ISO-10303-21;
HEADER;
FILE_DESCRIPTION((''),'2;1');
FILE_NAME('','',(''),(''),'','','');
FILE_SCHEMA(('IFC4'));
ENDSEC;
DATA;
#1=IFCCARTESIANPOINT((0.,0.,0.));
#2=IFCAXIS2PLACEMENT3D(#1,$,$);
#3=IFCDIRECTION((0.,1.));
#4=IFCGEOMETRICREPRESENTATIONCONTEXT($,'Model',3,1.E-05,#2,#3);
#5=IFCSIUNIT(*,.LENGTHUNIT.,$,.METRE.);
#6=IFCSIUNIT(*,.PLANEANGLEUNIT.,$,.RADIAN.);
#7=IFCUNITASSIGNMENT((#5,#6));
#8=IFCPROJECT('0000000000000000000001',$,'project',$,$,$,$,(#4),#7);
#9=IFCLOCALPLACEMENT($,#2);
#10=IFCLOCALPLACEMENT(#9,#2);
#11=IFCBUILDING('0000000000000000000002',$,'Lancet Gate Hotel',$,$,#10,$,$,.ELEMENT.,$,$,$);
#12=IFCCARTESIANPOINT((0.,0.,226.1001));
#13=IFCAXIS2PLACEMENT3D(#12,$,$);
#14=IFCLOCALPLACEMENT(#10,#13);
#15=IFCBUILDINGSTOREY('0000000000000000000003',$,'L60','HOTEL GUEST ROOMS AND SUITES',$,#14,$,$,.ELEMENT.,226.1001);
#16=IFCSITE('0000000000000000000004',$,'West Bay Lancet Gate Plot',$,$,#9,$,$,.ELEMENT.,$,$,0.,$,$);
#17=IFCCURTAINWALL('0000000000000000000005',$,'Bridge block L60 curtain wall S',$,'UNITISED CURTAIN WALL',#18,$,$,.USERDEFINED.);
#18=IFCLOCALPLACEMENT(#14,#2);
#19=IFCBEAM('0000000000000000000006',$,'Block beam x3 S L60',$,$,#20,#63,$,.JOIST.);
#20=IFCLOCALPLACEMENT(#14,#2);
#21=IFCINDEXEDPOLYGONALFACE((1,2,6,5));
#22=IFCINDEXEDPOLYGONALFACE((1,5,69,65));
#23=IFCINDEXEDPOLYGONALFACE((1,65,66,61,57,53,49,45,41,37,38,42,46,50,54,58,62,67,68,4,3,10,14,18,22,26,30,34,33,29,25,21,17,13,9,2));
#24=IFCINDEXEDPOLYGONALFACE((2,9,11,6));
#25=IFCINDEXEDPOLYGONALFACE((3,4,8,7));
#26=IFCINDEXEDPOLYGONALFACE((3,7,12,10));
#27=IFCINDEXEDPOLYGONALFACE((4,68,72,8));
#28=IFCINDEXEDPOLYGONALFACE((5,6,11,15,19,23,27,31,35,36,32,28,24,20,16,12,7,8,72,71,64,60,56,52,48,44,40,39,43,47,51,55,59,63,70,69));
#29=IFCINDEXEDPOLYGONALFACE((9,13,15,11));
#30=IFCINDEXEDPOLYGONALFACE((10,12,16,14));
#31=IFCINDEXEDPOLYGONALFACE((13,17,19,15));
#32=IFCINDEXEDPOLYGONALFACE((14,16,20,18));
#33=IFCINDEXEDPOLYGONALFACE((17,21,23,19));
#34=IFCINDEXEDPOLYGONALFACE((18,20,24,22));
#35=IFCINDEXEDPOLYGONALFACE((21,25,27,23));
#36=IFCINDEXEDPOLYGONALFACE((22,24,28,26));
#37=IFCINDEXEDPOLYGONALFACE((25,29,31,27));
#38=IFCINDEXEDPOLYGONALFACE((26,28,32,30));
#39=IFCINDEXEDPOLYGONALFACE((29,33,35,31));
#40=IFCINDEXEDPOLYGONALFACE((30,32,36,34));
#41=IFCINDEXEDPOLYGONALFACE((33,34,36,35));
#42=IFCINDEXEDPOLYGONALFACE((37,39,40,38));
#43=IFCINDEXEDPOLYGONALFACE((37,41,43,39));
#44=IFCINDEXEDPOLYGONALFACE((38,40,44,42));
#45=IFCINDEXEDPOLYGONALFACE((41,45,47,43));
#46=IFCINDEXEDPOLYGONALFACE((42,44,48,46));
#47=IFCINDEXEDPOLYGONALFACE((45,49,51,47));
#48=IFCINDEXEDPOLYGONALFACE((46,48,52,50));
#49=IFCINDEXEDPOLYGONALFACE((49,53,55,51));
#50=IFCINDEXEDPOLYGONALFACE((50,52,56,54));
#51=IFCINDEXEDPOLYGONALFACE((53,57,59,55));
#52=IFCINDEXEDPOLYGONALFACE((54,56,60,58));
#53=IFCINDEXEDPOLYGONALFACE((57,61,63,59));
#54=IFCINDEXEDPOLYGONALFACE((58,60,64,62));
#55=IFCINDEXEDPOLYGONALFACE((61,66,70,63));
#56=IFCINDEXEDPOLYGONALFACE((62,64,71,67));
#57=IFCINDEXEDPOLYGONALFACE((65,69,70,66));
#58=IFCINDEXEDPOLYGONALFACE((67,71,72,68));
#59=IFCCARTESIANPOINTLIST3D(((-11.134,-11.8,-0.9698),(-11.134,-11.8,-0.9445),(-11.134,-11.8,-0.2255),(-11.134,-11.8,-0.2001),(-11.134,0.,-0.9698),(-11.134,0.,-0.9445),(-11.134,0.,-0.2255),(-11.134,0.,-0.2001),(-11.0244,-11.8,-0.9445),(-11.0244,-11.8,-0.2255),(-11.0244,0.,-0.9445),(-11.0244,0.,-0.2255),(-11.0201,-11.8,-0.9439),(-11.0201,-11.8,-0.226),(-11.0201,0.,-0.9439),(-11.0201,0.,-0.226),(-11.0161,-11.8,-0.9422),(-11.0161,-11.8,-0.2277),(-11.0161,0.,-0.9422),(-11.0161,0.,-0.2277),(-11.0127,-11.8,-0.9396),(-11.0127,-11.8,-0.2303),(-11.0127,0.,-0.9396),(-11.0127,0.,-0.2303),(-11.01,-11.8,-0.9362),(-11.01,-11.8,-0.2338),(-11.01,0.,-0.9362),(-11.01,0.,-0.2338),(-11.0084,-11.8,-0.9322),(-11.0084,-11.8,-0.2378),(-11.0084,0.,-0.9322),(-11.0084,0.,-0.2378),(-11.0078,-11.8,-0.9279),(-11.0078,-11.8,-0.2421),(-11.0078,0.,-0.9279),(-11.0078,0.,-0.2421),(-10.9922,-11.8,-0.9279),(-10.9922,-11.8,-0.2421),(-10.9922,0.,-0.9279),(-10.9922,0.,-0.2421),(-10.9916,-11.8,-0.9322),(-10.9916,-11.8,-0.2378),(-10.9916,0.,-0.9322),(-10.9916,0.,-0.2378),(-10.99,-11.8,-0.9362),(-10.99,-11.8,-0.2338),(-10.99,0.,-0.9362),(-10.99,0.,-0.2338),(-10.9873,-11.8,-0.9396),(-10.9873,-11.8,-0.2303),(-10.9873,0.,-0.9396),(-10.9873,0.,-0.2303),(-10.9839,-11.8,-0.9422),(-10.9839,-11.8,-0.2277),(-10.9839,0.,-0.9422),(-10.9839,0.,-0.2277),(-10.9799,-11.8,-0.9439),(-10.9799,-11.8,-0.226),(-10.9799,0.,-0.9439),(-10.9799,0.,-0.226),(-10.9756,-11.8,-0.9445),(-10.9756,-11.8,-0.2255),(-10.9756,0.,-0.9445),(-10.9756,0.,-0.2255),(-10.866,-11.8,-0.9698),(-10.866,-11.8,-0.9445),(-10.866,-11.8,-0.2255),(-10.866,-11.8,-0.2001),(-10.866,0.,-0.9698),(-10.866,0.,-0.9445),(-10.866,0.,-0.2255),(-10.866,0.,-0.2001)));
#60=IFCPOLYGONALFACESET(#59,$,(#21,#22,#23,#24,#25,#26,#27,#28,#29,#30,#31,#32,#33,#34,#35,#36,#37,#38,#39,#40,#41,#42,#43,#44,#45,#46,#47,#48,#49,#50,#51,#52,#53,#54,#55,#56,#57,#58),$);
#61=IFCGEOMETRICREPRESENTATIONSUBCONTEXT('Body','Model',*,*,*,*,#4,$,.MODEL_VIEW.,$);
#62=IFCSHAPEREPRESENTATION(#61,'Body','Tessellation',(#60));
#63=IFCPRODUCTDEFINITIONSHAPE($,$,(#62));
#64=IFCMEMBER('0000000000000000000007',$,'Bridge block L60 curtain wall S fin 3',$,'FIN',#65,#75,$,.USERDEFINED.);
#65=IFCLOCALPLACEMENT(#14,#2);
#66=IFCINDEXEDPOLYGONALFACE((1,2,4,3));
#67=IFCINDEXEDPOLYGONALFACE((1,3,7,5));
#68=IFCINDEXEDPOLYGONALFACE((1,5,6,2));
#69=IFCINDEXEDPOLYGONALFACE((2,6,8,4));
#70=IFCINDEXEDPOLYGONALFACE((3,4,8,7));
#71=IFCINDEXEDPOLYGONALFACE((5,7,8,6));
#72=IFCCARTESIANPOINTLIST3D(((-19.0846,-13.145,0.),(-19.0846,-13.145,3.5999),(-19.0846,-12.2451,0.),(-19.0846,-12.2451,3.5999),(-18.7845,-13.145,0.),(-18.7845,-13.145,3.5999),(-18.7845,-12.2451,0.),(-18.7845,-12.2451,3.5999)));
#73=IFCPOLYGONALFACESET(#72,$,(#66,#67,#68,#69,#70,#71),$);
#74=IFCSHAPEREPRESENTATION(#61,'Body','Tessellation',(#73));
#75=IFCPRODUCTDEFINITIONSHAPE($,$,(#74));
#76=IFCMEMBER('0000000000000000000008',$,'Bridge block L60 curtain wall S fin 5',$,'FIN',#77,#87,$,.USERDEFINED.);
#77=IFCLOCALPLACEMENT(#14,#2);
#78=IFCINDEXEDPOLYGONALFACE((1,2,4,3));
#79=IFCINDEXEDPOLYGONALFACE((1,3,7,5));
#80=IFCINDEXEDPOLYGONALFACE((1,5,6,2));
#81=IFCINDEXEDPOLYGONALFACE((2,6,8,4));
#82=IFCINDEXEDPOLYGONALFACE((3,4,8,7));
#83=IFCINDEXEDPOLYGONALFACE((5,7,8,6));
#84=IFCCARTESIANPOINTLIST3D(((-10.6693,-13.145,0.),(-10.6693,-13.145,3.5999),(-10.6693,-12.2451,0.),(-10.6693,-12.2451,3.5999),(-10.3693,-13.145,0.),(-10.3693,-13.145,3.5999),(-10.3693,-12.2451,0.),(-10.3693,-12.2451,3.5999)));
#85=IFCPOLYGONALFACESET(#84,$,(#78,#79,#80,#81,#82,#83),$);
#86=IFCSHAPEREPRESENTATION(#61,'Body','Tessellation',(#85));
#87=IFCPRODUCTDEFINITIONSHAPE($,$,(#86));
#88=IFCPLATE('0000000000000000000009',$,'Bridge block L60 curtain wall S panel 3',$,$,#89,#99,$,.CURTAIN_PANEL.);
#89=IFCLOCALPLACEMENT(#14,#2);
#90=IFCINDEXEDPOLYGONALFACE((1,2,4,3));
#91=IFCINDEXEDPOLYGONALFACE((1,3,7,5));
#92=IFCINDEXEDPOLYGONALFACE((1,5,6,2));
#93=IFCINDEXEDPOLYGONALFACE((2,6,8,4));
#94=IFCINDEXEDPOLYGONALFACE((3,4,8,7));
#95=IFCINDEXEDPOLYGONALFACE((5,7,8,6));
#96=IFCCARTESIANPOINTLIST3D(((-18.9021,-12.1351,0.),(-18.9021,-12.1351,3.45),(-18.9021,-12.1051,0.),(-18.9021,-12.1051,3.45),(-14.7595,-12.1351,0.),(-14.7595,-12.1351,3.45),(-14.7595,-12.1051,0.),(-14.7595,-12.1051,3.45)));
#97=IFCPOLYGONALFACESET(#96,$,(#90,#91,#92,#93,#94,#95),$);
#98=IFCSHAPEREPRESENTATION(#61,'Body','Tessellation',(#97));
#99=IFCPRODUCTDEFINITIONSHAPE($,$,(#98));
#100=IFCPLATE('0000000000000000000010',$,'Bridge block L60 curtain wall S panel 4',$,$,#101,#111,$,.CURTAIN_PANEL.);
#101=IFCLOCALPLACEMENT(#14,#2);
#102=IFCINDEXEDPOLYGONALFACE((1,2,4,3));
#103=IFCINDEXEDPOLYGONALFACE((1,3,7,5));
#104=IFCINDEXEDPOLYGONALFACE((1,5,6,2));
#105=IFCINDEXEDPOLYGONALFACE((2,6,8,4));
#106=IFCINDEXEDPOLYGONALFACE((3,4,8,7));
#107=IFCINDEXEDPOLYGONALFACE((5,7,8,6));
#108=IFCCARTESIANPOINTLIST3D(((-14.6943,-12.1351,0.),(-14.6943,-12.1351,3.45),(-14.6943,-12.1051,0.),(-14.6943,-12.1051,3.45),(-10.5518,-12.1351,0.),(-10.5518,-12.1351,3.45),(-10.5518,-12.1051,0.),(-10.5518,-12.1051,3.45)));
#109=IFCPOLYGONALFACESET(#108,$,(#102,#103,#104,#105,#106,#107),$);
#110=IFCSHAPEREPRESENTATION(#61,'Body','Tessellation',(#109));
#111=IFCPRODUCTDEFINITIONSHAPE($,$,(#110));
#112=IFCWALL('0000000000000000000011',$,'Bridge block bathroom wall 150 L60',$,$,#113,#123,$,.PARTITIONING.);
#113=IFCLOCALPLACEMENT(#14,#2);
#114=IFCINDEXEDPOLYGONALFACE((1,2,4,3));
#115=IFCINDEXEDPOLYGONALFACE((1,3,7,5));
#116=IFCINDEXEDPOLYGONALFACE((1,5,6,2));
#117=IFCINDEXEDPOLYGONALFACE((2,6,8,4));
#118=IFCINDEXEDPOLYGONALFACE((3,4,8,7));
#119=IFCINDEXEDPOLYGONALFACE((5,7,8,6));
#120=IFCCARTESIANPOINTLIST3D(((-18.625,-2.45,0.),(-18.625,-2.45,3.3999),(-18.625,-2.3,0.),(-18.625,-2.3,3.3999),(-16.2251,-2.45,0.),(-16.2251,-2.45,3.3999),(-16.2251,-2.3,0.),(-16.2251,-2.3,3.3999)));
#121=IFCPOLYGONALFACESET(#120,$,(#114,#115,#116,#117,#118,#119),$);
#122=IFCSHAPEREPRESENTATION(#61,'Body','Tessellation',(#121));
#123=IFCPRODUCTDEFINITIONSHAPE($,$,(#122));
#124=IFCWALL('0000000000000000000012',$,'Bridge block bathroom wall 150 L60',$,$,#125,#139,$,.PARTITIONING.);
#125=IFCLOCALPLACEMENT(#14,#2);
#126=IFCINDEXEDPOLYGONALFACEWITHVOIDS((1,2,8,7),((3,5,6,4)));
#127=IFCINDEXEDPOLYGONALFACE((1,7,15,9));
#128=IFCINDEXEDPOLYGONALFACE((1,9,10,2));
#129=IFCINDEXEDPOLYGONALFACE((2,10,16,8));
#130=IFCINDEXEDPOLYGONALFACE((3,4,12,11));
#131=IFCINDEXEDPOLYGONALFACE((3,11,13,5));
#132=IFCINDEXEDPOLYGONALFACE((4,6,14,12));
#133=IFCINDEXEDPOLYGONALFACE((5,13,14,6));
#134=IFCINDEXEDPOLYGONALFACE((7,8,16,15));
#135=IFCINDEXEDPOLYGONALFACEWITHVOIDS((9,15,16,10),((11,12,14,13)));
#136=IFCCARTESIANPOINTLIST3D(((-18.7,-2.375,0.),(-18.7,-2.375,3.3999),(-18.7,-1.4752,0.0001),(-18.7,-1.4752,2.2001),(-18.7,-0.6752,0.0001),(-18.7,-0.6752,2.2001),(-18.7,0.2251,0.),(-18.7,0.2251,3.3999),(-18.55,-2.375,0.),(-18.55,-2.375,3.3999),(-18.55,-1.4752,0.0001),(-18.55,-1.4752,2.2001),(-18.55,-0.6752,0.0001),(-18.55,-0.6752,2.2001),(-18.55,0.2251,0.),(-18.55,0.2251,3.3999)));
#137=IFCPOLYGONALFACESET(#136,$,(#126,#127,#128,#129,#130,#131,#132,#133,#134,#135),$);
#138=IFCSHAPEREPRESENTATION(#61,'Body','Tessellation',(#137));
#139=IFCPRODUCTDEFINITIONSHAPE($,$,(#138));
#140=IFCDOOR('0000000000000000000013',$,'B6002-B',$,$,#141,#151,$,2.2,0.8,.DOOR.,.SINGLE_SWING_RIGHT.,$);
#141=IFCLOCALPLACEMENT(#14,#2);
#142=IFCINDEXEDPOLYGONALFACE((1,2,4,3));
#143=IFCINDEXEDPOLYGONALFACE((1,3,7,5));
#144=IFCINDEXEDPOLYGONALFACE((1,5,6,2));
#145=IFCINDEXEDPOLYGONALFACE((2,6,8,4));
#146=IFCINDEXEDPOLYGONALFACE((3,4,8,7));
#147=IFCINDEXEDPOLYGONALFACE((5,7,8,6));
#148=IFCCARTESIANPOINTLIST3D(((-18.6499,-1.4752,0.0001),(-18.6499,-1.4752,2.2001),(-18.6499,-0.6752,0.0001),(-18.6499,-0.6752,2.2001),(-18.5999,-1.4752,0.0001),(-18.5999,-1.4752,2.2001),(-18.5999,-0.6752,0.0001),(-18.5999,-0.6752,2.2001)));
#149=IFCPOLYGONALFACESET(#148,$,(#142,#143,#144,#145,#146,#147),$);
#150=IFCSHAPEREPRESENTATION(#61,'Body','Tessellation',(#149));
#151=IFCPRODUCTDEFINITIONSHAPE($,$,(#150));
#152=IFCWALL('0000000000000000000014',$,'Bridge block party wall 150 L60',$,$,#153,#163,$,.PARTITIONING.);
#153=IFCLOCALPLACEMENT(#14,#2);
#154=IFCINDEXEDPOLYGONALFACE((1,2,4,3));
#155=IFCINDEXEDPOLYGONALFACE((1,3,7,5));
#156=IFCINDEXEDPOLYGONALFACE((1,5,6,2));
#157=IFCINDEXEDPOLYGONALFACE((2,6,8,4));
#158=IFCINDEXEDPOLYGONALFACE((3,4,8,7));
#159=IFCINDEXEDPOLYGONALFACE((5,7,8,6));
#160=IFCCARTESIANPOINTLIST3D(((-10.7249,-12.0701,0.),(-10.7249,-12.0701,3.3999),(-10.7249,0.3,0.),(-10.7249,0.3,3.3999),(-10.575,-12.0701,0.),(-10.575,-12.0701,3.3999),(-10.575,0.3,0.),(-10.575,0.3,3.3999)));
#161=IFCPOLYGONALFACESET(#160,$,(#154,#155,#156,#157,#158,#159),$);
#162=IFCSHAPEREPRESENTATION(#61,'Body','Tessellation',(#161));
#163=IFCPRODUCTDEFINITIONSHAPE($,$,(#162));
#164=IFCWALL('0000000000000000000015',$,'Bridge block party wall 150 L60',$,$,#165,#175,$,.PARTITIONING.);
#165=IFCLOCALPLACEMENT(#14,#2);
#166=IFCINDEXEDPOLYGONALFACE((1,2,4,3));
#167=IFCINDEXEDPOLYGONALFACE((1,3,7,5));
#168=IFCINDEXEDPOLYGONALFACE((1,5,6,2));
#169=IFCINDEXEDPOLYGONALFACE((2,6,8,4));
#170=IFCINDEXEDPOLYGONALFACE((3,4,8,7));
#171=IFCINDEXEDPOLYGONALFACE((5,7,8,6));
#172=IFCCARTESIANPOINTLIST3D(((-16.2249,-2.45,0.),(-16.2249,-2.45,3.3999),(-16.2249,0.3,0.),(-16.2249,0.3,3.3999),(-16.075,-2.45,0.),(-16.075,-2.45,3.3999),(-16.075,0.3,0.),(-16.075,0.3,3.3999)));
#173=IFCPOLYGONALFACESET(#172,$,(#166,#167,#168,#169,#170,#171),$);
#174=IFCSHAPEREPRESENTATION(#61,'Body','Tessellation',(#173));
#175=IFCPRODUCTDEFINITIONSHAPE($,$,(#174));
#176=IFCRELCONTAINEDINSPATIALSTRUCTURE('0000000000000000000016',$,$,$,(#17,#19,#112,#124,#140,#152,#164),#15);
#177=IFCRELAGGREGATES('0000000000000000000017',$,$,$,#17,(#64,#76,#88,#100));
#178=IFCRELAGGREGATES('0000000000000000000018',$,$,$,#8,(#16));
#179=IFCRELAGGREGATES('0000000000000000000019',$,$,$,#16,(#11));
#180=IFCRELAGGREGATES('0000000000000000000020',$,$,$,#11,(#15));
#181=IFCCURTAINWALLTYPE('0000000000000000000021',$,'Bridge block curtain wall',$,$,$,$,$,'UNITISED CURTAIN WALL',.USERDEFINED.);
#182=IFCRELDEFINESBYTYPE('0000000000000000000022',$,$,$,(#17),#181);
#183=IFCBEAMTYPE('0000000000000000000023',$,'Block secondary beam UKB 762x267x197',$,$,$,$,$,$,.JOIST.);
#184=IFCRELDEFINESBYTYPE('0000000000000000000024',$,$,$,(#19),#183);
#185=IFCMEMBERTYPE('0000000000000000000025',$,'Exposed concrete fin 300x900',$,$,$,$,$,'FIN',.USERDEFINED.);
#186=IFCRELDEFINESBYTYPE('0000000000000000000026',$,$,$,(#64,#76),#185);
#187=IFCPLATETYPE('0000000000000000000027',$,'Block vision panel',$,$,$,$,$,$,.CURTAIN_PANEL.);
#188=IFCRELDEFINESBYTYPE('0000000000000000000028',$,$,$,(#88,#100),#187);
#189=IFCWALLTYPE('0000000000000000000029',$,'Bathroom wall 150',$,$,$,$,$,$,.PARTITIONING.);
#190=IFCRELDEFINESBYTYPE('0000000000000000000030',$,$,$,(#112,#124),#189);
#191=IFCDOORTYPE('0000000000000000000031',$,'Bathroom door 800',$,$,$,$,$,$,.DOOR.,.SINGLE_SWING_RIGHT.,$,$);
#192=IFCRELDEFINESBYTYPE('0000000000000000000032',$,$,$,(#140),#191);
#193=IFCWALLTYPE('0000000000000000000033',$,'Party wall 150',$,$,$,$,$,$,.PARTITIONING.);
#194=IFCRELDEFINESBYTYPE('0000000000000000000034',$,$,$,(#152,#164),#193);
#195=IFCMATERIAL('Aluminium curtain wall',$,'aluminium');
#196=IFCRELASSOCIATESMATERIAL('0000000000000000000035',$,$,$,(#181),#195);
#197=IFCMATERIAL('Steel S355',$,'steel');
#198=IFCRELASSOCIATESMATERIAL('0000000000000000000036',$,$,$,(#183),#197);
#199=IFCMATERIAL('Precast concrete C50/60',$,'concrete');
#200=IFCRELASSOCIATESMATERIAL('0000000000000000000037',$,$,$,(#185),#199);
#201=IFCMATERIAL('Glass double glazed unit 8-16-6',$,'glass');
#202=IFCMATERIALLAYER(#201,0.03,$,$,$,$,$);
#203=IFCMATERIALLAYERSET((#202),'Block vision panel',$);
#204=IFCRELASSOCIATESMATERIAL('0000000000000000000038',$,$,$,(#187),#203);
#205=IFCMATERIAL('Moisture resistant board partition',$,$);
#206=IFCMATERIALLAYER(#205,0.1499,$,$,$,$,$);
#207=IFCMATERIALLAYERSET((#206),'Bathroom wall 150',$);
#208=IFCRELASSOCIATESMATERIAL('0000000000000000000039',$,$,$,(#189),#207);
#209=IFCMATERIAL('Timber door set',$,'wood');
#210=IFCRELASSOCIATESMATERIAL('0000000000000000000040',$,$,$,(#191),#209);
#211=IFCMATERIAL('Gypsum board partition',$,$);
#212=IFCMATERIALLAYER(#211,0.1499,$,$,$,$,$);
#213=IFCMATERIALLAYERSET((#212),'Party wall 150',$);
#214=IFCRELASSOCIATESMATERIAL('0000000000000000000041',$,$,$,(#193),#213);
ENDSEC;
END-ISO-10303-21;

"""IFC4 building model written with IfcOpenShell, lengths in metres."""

from ifc_helpers import new_model, si_unit, direction, frame, frame_2d, origin, origin_2d, place, context, subcontext, project, spatial, rectangle, i_section, extrude, material, layer, layer_set, material_profile, profile_set, type_object, element, fill, aggregate, save


model = new_model("IFC4")

# Units and contexts
model_context = context("Model", 3, precision=1e-05, world=origin(), true_north=direction((0.0, 1.0)))
body_context = subcontext(model_context, "Body", "Model", "MODEL_VIEW")
ifc_project = project(units=[si_unit("LENGTHUNIT", "METRE"), si_unit("PLANEANGLEUNIT", "RADIAN")], contexts=[model_context])

# Site, building, storey
site_placement = place(None, origin())
site = spatial("IfcSite", under=ifc_project, at=site_placement, Name="West Bay Lancet Gate Plot", CompositionType="ELEMENT", RefElevation=0.0)
building_placement = place(site_placement, origin())
building = spatial("IfcBuilding", under=site, at=building_placement, Name="Lancet Gate Hotel", CompositionType="ELEMENT")
storey_placement = place(building_placement, frame((0.0, 0.0, 226.1001)))
storey = spatial("IfcBuildingStorey", under=building, at=storey_placement, Name="L60", Description="HOTEL GUEST ROOMS AND SUITES", CompositionType="ELEMENT", Elevation=226.1001)

# Curtain wall
ifc_material_1 = material(Name="Aluminium curtain wall", Category="aluminium")
curtain_wall_type = type_object("IfcCurtainWallType", Name="Bridge block curtain wall", ElementType="UNITISED CURTAIN WALL", PredefinedType="USERDEFINED", material=ifc_material_1)
curtain_wall_placement = place(storey_placement, origin())
curtain_wall = element("IfcCurtainWall", 1, at=curtain_wall_placement, inside=storey, type_object=curtain_wall_type, Name="Bridge block L60 curtain wall S", ObjectType="UNITISED CURTAIN WALL", PredefinedType="USERDEFINED")

# Beam
ifc_material_2 = material(Name="Steel S355", Category="steel")
ifc_material_profile_1 = material_profile(ifc_material_2, i_section(OverallWidth=0.2681, OverallDepth=0.7698, WebThickness=0.0156, FlangeThickness=0.0254, FilletRadius=0.0166, at=origin_2d()), Name="UKB 762x267x197")
ifc_profile_set_1 = profile_set([ifc_material_profile_1], Name="Steel S355")
beam_type_1 = type_object("IfcBeamType", Name="Block secondary beam UKB 762x267x197", PredefinedType="JOIST", material=ifc_profile_set_1)
for number, where, z_axis, x_axis, name in (
    (2, (-11.0, -11.8, -0.585), (0.0, 1.0, 0.0), (-1.0, 0.0, 0.0), "Block beam x3 S L60"),
):
    element("IfcBeam", number, at=place(storey_placement, frame(where, z_axis=z_axis, x_axis=x_axis)), inside=storey, type_object=beam_type_1, Name=name, PredefinedType="JOIST", context=body_context, shape_type="SweptSolid", body=[
        extrude(i_section(OverallWidth=0.2681, OverallDepth=0.7698, WebThickness=0.0156, FlangeThickness=0.0254, FilletRadius=0.0166, at=origin_2d()), origin(), (0.0, 0.0, 1.0), 11.8),
    ])

# Members
ifc_material_3 = material(Name="Precast concrete C50/60", Category="concrete")
ifc_material_profile_2 = material_profile(ifc_material_3, rectangle(XDim=0.3, YDim=0.8999, at=origin_2d()), Name="FIN 300x900")
ifc_profile_set_2 = profile_set([ifc_material_profile_2], Name="Precast concrete C50/60")
member_type_1 = type_object("IfcMemberType", Name="Exposed concrete fin 300x900", ElementType="FIN", PredefinedType="USERDEFINED", material=ifc_profile_set_2)
member_1_placement = place(storey_placement, frame((-18.9346, -12.6951, 0.0), z_axis=(0.0, 0.0, 1.0), x_axis=(1.0, 0.0, 0.0)))
member_1 = element("IfcMember", 3, at=member_1_placement, type_object=member_type_1, Name="Bridge block L60 curtain wall S fin 3", ObjectType="FIN", PredefinedType="USERDEFINED", context=body_context, shape_type="SweptSolid", body=[
    extrude(rectangle(XDim=0.3, YDim=0.8999, at=origin_2d()), origin(), (0.0, 0.0, 1.0), 3.5999),
])
member_2_placement = place(storey_placement, frame((-10.5193, -12.6951, 0.0), z_axis=(0.0, 0.0, 1.0), x_axis=(1.0, 0.0, 0.0)))
member_2 = element("IfcMember", 4, at=member_2_placement, type_object=member_type_1, Name="Bridge block L60 curtain wall S fin 5", ObjectType="FIN", PredefinedType="USERDEFINED", context=body_context, shape_type="SweptSolid", body=[
    extrude(rectangle(XDim=0.3, YDim=0.8999, at=origin_2d()), origin(), (0.0, 0.0, 1.0), 3.5999),
])

# Plates
ifc_material_4 = material(Name="Glass double glazed unit 8-16-6", Category="glass")
ifc_layer_1 = layer(ifc_material_4, 0.03)
ifc_layer_set_1 = layer_set([ifc_layer_1], Name="Block vision panel")
plate_type = type_object("IfcPlateType", Name="Block vision panel", PredefinedType="CURTAIN_PANEL", material=ifc_layer_set_1)
plate_1_placement = place(storey_placement, frame((-16.8308, -12.1201, 0.0), z_axis=(0.0, 0.0, 1.0), x_axis=(1.0, 0.0, 0.0)))
plate_1 = element("IfcPlate", 5, at=plate_1_placement, type_object=plate_type, Name="Bridge block L60 curtain wall S panel 3", PredefinedType="CURTAIN_PANEL", context=body_context, shape_type="SweptSolid", body=[
    extrude(rectangle(XDim=4.1426, YDim=0.03, at=origin_2d()), origin(), (0.0, 0.0, 1.0), 3.45),
])
plate_2_placement = place(storey_placement, frame((-12.623, -12.1201, 0.0), z_axis=(0.0, 0.0, 1.0), x_axis=(1.0, 0.0, 0.0)))
plate_2 = element("IfcPlate", 6, at=plate_2_placement, type_object=plate_type, Name="Bridge block L60 curtain wall S panel 4", PredefinedType="CURTAIN_PANEL", context=body_context, shape_type="SweptSolid", body=[
    extrude(rectangle(XDim=4.1426, YDim=0.03, at=origin_2d()), origin(), (0.0, 0.0, 1.0), 3.45),
])
aggregate(curtain_wall, [member_1, member_2, plate_1, plate_2])

# Wall
ifc_material_5 = material(Name="Moisture resistant board partition")
ifc_layer_2 = layer(ifc_material_5, 0.1499)
ifc_layer_set_2 = layer_set([ifc_layer_2], Name="Bathroom wall 150")
wall_type_1 = type_object("IfcWallType", Name="Bathroom wall 150", PredefinedType="PARTITIONING", material=ifc_layer_set_2)
wall_1_placement = place(storey_placement, frame((-18.625, -2.375, 0.0), z_axis=(0.0, 0.0, 1.0), x_axis=(1.0, 0.0, 0.0)))
element("IfcWall", 7, at=wall_1_placement, inside=storey, type_object=wall_type_1, Name="Bridge block bathroom wall 150 L60", PredefinedType="PARTITIONING", context=body_context, shape_type="SweptSolid", body=[
    extrude(rectangle(XDim=2.3999, YDim=0.1499, at=frame_2d((1.2, 0.0))), origin(), (0.0, 0.0, 1.0), 3.3999),
])

# Wall, opening, door
wall_2_placement = place(storey_placement, frame((-18.625, -2.375, 0.0), z_axis=(0.0, 0.0, 1.0), x_axis=(0.0, 1.0, 0.0)))
wall_2 = element("IfcWall", 8, at=wall_2_placement, inside=storey, type_object=wall_type_1, Name="Bridge block bathroom wall 150 L60", PredefinedType="PARTITIONING", context=body_context, shape_type="SweptSolid", body=[
    extrude(rectangle(XDim=2.6001, YDim=0.1499, at=frame_2d((1.3, 0.0))), origin(), (0.0, 0.0, 1.0), 3.3999),
])
opening_placement = place(wall_2_placement, frame((0.8999, 0.0, 0.0)))
opening = element("IfcOpeningElement", 9, at=opening_placement, cuts=wall_2, PredefinedType="OPENING", context=body_context, shape_type="SweptSolid", body=[
    extrude(rectangle(XDim=0.8, YDim=2.2, at=frame_2d((0.3999, 1.1001))), frame((0.0, 0.085, 0.0), z_axis=(0.0, -1.0, 0.0), x_axis=(1.0, 0.0, 0.0)), (0.0, 0.0, 1.0), 0.1699),
])
ifc_material_6 = material(Name="Timber door set", Category="wood")
door_type = type_object("IfcDoorType", Name="Bathroom door 800", OperationType="SINGLE_SWING_RIGHT", PredefinedType="DOOR", material=ifc_material_6)
door_placement = place(opening_placement, origin())
door = element("IfcDoor", 10, at=door_placement, inside=storey, type_object=door_type, Name="B6002-B", OperationType="SINGLE_SWING_RIGHT", OverallHeight=2.2, OverallWidth=0.8, PredefinedType="DOOR", context=body_context, shape_type="SweptSolid", body=[
    extrude(rectangle(XDim=0.8, YDim=2.2, at=frame_2d((0.3999, 1.1001))), frame((0.0, 0.0249, 0.0), z_axis=(0.0, -1.0, 0.0), x_axis=(1.0, 0.0, 0.0)), (0.0, 0.0, 1.0), 0.05),
])
fill(opening, door)

# Walls
ifc_material_7 = material(Name="Gypsum board partition")
ifc_layer_3 = layer(ifc_material_7, 0.1499)
ifc_layer_set_3 = layer_set([ifc_layer_3], Name="Party wall 150")
wall_type_2 = type_object("IfcWallType", Name="Party wall 150", PredefinedType="PARTITIONING", material=ifc_layer_set_3)
wall_3_placement = place(storey_placement, frame((-10.6499, -12.0701, 0.0), z_axis=(0.0, 0.0, 1.0), x_axis=(0.0, 1.0, 0.0)))
element("IfcWall", 11, at=wall_3_placement, inside=storey, type_object=wall_type_2, Name="Bridge block party wall 150 L60", PredefinedType="PARTITIONING", context=body_context, shape_type="SweptSolid", body=[
    extrude(rectangle(XDim=12.3701, YDim=0.1499, at=frame_2d((6.1851, 0.0))), origin(), (0.0, 0.0, 1.0), 3.3999),
])
wall_4_placement = place(storey_placement, frame((-16.1499, -2.45, 0.0), z_axis=(0.0, 0.0, 1.0), x_axis=(0.0, 1.0, 0.0)))
element("IfcWall", 12, at=wall_4_placement, inside=storey, type_object=wall_type_2, Name="Bridge block party wall 150 L60", PredefinedType="PARTITIONING", context=body_context, shape_type="SweptSolid", body=[
    extrude(rectangle(XDim=2.75, YDim=0.1499, at=frame_2d((1.375, 0.0))), origin(), (0.0, 0.0, 1.0), 3.3999),
])

save(model, "model.ifc")
